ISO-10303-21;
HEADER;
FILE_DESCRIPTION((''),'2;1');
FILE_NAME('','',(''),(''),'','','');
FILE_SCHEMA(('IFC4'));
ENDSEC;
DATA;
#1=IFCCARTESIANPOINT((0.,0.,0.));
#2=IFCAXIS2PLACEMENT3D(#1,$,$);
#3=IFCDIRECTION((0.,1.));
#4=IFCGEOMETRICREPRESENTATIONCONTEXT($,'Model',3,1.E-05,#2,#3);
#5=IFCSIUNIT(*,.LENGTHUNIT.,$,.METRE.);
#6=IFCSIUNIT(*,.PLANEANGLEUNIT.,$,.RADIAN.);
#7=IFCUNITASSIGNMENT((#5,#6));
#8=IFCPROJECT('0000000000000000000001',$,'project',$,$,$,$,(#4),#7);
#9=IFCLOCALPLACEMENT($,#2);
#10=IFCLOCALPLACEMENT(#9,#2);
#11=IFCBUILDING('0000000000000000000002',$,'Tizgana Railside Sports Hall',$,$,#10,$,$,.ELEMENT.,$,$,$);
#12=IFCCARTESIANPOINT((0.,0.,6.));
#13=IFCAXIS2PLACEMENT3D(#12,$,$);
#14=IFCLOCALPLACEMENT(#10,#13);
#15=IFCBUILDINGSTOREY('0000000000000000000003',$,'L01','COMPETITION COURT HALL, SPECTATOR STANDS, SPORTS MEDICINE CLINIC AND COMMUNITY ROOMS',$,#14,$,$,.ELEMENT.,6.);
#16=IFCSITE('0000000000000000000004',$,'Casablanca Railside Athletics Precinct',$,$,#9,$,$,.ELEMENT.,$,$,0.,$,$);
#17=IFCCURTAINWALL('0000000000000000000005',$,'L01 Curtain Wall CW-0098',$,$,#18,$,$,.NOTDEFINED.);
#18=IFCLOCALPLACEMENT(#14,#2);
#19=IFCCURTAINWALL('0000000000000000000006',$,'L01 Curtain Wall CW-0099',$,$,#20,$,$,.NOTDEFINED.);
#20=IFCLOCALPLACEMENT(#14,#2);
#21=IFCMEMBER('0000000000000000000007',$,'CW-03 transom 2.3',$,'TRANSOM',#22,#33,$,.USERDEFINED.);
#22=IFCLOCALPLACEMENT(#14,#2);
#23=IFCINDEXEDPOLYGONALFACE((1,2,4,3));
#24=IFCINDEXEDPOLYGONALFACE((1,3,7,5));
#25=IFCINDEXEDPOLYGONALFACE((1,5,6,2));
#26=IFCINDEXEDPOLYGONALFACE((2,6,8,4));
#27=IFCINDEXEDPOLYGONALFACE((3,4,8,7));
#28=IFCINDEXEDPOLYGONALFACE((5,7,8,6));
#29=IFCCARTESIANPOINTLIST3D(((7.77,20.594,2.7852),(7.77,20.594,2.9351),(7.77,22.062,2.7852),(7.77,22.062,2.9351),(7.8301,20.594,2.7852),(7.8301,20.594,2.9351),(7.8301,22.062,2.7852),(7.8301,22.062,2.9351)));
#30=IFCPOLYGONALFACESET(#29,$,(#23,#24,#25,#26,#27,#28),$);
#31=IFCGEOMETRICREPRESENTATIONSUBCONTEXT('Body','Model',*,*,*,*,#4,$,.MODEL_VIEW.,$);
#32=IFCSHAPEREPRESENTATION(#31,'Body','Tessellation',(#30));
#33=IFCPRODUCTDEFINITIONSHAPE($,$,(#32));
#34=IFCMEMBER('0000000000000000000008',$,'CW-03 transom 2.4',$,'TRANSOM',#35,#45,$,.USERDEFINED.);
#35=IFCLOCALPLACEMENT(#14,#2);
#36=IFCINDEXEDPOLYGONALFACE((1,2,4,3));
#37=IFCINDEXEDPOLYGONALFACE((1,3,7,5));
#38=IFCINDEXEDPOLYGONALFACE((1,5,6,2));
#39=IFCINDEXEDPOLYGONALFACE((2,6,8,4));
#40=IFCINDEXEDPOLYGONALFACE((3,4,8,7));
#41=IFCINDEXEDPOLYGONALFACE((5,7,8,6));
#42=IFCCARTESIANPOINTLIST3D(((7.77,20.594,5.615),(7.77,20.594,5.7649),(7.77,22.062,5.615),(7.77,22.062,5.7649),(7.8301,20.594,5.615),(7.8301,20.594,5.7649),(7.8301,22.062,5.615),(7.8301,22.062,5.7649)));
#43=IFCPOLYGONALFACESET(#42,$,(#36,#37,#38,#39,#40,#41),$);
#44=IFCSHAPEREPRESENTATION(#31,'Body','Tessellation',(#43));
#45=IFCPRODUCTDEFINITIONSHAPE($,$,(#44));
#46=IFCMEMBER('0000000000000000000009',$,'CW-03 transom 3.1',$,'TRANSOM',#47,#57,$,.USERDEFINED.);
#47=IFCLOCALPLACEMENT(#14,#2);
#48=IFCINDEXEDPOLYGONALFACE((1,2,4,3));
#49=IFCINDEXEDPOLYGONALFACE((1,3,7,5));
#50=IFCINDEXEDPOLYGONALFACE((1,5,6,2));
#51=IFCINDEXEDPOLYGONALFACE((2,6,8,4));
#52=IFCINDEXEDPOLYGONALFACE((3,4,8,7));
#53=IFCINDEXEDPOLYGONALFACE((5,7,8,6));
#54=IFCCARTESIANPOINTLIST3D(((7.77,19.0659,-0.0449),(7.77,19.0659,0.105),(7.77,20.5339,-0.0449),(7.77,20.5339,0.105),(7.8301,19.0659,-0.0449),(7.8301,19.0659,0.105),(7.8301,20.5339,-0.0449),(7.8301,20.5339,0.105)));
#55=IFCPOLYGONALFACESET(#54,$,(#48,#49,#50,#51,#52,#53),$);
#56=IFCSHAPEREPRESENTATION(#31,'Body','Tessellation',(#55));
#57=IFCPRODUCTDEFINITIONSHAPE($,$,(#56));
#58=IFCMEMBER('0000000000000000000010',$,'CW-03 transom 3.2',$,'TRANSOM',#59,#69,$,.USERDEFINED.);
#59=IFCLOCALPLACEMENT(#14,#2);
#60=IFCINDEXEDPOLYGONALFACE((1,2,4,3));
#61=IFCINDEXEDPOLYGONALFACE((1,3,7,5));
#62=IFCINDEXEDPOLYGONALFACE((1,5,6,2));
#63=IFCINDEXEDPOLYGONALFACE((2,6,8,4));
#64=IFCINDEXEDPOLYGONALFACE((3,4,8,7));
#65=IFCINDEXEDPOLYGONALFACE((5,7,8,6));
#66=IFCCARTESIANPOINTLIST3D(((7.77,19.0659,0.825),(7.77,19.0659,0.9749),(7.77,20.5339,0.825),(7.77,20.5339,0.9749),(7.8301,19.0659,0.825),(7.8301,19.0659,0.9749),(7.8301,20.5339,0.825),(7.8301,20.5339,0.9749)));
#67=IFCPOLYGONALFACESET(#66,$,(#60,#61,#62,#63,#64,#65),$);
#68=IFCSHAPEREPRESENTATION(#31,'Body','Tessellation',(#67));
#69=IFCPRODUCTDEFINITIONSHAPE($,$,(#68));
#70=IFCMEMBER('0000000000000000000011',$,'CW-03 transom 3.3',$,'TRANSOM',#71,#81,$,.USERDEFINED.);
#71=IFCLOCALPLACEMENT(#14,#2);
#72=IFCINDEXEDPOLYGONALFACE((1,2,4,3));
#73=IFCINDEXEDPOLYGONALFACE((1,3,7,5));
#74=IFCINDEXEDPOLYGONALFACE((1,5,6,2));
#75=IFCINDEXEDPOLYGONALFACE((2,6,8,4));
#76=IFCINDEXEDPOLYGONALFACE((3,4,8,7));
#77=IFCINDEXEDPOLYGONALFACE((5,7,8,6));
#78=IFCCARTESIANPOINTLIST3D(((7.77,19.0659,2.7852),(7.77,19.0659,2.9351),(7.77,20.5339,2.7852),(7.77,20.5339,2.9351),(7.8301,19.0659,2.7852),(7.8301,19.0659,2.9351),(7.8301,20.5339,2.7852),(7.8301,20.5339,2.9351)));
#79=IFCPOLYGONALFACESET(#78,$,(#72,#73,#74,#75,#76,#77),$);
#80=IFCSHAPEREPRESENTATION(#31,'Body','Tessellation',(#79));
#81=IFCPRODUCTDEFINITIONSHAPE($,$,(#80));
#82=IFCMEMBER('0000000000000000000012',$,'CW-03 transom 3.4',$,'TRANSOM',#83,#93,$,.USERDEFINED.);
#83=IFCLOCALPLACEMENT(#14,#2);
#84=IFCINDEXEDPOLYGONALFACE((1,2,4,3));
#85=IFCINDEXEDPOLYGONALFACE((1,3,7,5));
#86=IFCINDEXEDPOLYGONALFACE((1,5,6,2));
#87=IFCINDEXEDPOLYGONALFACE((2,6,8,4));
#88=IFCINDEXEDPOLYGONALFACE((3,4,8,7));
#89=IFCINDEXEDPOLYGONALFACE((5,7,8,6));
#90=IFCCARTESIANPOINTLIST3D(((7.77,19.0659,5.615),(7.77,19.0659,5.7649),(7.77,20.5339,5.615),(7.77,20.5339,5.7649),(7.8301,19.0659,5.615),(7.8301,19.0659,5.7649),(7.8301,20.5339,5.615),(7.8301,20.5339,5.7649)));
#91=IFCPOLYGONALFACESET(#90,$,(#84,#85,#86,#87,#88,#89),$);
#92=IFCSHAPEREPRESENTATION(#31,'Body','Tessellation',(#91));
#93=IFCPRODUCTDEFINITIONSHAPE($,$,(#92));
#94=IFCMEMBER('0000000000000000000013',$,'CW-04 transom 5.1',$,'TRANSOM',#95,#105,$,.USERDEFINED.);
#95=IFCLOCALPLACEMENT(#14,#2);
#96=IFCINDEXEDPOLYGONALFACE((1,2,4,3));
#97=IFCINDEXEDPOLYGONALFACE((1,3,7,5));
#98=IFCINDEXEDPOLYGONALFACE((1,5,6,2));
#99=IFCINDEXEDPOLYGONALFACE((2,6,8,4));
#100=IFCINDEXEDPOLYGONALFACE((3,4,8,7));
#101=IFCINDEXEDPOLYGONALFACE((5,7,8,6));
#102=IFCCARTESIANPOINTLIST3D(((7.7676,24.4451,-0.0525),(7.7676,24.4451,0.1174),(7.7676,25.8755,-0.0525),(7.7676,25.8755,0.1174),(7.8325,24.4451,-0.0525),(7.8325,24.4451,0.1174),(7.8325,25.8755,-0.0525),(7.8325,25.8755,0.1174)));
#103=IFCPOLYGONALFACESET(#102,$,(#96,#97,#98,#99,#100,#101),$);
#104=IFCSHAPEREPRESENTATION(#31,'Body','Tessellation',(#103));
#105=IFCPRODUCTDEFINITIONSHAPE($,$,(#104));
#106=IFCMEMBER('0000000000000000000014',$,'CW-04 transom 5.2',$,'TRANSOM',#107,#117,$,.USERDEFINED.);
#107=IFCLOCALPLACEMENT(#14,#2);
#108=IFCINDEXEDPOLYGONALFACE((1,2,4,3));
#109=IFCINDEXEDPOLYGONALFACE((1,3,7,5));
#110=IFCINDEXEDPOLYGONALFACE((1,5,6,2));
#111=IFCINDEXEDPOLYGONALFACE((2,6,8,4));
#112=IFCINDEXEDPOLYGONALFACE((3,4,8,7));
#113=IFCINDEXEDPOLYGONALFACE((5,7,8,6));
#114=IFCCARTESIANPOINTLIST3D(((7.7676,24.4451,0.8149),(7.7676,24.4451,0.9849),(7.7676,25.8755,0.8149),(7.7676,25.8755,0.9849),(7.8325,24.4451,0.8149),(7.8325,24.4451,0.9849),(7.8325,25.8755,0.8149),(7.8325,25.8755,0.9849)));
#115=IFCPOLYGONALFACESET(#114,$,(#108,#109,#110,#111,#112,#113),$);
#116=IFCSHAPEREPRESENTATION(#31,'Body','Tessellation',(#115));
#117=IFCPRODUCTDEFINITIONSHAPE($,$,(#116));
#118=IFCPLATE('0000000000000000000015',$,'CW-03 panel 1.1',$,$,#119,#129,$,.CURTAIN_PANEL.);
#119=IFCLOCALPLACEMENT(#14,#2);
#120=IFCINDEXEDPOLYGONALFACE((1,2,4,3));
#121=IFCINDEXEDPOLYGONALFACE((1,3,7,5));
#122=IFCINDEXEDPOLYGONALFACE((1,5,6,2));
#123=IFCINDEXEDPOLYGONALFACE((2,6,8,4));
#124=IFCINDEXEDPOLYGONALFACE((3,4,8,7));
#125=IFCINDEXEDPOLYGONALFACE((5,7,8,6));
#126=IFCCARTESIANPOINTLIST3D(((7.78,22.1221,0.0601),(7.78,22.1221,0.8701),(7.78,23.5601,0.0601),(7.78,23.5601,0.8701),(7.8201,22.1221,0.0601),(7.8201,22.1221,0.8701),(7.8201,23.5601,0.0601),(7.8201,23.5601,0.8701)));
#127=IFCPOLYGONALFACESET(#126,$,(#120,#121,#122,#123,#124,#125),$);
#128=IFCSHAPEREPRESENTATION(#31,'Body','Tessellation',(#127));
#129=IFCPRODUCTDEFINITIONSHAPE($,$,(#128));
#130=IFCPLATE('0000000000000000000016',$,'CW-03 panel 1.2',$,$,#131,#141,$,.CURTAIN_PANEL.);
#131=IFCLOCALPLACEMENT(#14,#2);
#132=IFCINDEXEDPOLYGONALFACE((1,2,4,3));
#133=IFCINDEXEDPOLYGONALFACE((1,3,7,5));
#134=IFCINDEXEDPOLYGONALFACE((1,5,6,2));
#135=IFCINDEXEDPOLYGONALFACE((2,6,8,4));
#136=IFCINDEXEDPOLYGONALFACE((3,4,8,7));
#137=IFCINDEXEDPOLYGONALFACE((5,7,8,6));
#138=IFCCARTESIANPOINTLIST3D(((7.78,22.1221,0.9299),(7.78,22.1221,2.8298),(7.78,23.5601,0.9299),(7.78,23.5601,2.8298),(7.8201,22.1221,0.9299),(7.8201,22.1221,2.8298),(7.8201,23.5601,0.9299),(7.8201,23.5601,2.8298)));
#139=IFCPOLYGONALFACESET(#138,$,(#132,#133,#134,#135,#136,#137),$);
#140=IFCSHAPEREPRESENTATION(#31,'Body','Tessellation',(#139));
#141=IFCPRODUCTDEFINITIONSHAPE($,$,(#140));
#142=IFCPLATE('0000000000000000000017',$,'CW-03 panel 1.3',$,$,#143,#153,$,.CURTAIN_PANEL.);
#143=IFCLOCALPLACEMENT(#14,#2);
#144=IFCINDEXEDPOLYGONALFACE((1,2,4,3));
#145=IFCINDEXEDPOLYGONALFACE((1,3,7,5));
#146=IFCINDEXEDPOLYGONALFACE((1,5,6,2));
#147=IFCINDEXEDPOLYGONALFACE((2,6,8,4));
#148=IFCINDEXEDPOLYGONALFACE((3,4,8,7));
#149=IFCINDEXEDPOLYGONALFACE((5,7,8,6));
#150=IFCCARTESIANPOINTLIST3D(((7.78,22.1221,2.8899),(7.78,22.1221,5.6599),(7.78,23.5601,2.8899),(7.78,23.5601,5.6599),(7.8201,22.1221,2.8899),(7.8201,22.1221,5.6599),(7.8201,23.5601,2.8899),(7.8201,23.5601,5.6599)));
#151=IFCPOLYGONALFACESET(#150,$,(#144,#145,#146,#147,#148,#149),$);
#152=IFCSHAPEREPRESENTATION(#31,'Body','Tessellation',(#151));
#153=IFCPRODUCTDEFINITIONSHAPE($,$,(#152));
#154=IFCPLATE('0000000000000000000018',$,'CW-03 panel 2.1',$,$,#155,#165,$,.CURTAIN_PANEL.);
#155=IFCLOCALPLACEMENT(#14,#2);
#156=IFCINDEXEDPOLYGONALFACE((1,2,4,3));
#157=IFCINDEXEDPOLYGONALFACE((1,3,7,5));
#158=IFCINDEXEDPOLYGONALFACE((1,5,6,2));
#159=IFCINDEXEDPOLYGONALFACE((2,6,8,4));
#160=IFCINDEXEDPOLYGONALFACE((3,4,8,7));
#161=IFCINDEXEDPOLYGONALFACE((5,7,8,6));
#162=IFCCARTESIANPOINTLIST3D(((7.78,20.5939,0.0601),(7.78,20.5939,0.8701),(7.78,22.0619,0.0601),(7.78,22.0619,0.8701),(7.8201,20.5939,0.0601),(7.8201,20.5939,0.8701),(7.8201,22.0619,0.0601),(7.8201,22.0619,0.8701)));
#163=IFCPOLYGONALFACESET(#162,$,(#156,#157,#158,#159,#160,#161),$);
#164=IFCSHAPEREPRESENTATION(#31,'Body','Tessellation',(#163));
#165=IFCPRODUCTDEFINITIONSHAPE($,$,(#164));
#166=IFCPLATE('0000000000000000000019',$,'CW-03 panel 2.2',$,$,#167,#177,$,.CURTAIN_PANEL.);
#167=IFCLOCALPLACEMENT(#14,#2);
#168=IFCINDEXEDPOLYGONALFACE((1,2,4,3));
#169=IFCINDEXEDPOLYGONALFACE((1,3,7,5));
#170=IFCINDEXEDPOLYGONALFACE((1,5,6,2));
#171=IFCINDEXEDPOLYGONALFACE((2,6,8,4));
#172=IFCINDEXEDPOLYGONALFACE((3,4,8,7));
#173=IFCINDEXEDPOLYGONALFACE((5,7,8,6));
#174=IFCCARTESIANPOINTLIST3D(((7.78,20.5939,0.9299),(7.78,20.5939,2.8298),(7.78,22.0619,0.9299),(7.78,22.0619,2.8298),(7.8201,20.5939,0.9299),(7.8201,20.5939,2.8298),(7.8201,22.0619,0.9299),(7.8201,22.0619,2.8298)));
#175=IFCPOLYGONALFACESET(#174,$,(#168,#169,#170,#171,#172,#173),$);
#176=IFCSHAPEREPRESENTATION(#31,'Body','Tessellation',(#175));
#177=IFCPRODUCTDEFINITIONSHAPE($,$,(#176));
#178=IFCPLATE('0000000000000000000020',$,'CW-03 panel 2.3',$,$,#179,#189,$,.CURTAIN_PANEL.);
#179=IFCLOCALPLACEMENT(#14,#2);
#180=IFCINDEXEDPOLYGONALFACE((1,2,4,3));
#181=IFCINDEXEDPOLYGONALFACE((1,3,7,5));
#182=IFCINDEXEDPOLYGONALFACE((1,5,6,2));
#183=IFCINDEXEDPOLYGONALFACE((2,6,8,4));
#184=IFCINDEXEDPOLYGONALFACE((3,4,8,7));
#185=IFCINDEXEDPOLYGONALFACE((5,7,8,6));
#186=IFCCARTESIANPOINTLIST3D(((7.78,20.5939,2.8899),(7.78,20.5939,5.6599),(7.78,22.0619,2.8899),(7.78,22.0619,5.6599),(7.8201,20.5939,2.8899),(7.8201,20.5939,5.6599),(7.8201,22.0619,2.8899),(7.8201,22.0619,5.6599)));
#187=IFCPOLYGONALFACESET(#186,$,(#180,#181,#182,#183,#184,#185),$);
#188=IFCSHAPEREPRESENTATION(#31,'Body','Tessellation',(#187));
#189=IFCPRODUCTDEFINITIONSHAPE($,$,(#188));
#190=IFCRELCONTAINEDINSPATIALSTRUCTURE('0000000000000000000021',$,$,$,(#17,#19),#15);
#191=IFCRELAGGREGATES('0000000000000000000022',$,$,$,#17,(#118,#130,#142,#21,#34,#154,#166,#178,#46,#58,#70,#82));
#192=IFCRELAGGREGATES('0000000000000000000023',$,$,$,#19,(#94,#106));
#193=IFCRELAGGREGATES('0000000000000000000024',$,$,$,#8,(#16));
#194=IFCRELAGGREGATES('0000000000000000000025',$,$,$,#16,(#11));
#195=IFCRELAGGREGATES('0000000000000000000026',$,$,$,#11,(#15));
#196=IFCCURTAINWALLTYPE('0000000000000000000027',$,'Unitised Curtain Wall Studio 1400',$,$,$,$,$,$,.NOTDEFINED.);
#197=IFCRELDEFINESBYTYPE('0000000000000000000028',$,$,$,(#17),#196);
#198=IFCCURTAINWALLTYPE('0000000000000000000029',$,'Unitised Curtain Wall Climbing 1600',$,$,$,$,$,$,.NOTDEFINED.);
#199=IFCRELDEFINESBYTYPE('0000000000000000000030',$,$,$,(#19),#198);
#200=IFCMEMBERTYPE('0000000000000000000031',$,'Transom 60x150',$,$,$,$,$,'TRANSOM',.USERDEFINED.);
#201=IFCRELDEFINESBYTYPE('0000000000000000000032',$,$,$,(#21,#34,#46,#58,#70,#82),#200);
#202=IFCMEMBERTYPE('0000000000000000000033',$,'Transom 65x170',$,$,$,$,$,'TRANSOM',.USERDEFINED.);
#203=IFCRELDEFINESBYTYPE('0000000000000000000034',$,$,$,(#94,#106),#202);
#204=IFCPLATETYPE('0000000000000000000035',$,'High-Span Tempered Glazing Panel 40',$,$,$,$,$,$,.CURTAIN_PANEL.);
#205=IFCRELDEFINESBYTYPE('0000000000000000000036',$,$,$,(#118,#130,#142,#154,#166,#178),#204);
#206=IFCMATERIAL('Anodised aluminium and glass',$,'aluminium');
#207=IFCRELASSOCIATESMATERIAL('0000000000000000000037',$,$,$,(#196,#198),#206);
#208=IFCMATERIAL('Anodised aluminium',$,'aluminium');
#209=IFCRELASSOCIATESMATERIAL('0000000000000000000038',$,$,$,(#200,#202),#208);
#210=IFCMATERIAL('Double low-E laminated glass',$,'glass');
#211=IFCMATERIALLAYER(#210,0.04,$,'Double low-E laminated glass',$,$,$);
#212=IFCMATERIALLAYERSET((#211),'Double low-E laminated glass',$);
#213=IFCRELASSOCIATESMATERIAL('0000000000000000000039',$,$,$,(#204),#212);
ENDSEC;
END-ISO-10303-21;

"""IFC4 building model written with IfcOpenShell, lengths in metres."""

from ifc_helpers import new_model, si_unit, direction, frame, origin, origin_2d, place, context, subcontext, project, spatial, rectangle, extrude, material, layer, layer_set, material_profile, profile_set, type_object, element, aggregate, save


model = new_model("IFC4")

# Units and contexts
model_context = context("Model", 3, precision=1e-05, world=origin(), true_north=direction((0.0, 1.0)))
body_context = subcontext(model_context, "Body", "Model", "MODEL_VIEW")
ifc_project = project(units=[si_unit("LENGTHUNIT", "METRE"), si_unit("PLANEANGLEUNIT", "RADIAN")], contexts=[model_context])

# Site, building, storey
site_placement = place(None, origin())
site = spatial("IfcSite", under=ifc_project, at=site_placement, Name="Casablanca Railside Athletics Precinct", CompositionType="ELEMENT", RefElevation=0.0)
building_placement = place(site_placement, origin())
building = spatial("IfcBuilding", under=site, at=building_placement, Name="Tizgana Railside Sports Hall", CompositionType="ELEMENT")
storey_placement = place(building_placement, frame((0.0, 0.0, 6.0)))
storey = spatial("IfcBuildingStorey", under=building, at=storey_placement, Name="L01", Description="COMPETITION COURT HALL, SPECTATOR STANDS, SPORTS MEDICINE CLINIC AND COMMUNITY ROOMS", CompositionType="ELEMENT", Elevation=6.0)

# Curtain wall
ifc_material_1 = material(Name="Anodised aluminium and glass", Category="aluminium")
curtain_wall_type_1 = type_object("IfcCurtainWallType", Name="Unitised Curtain Wall Studio 1400", PredefinedType="NOTDEFINED", material=ifc_material_1)
curtain_wall_1_placement = place(storey_placement, origin())
curtain_wall_1 = element("IfcCurtainWall", 1, at=curtain_wall_1_placement, inside=storey, type_object=curtain_wall_type_1, Name="L01 Curtain Wall CW-0098", PredefinedType="NOTDEFINED")
ifc_material_2 = material(Name="Anodised aluminium", Category="aluminium")

# Curtain wall
curtain_wall_type_2 = type_object("IfcCurtainWallType", Name="Unitised Curtain Wall Climbing 1600", PredefinedType="NOTDEFINED", material=ifc_material_1)
curtain_wall_2_placement = place(storey_placement, origin())
curtain_wall_2 = element("IfcCurtainWall", 2, at=curtain_wall_2_placement, inside=storey, type_object=curtain_wall_type_2, Name="L01 Curtain Wall CW-0099", PredefinedType="NOTDEFINED")

# Members
ifc_material_profile_1 = material_profile(ifc_material_2, rectangle(XDim=0.0601, YDim=0.1499, at=origin_2d()), Name="Transom 60x150")
ifc_profile_set_1 = profile_set([ifc_material_profile_1], Name="Anodised aluminium")
member_type_1 = type_object("IfcMemberType", Name="Transom 60x150", ElementType="TRANSOM", PredefinedType="USERDEFINED", material=ifc_profile_set_1)
member_1_placement = place(storey_placement, frame((7.8, 22.062, 2.8601), z_axis=(0.0, -1.0, 0.0), x_axis=(1.0, 0.0, 0.0)))
member_1 = element("IfcMember", 3, at=member_1_placement, type_object=member_type_1, Name="CW-03 transom 2.3", ObjectType="TRANSOM", PredefinedType="USERDEFINED", context=body_context, shape_type="SweptSolid", body=[
    extrude(rectangle(XDim=0.0601, YDim=0.1499, at=origin_2d()), origin(), (0.0, 0.0, 1.0), 1.468),
])
member_2_placement = place(storey_placement, frame((7.8, 22.062, 5.6899), z_axis=(0.0, -1.0, 0.0), x_axis=(1.0, 0.0, 0.0)))
member_2 = element("IfcMember", 4, at=member_2_placement, type_object=member_type_1, Name="CW-03 transom 2.4", ObjectType="TRANSOM", PredefinedType="USERDEFINED", context=body_context, shape_type="SweptSolid", body=[
    extrude(rectangle(XDim=0.0601, YDim=0.1499, at=origin_2d()), origin(), (0.0, 0.0, 1.0), 1.468),
])
member_3_placement = place(storey_placement, frame((7.8, 20.5339, 0.03), z_axis=(0.0, -1.0, 0.0), x_axis=(1.0, 0.0, 0.0)))
member_3 = element("IfcMember", 5, at=member_3_placement, type_object=member_type_1, Name="CW-03 transom 3.1", ObjectType="TRANSOM", PredefinedType="USERDEFINED", context=body_context, shape_type="SweptSolid", body=[
    extrude(rectangle(XDim=0.0601, YDim=0.1499, at=origin_2d()), origin(), (0.0, 0.0, 1.0), 1.468),
])
member_4_placement = place(storey_placement, frame((7.8, 20.5339, 0.8999), z_axis=(0.0, -1.0, 0.0), x_axis=(1.0, 0.0, 0.0)))
member_4 = element("IfcMember", 6, at=member_4_placement, type_object=member_type_1, Name="CW-03 transom 3.2", ObjectType="TRANSOM", PredefinedType="USERDEFINED", context=body_context, shape_type="SweptSolid", body=[
    extrude(rectangle(XDim=0.0601, YDim=0.1499, at=origin_2d()), origin(), (0.0, 0.0, 1.0), 1.468),
])
member_5_placement = place(storey_placement, frame((7.8, 20.5339, 2.8601), z_axis=(0.0, -1.0, 0.0), x_axis=(1.0, 0.0, 0.0)))
member_5 = element("IfcMember", 7, at=member_5_placement, type_object=member_type_1, Name="CW-03 transom 3.3", ObjectType="TRANSOM", PredefinedType="USERDEFINED", context=body_context, shape_type="SweptSolid", body=[
    extrude(rectangle(XDim=0.0601, YDim=0.1499, at=origin_2d()), origin(), (0.0, 0.0, 1.0), 1.468),
])
member_6_placement = place(storey_placement, frame((7.8, 20.5339, 5.6899), z_axis=(0.0, -1.0, 0.0), x_axis=(1.0, 0.0, 0.0)))
member_6 = element("IfcMember", 8, at=member_6_placement, type_object=member_type_1, Name="CW-03 transom 3.4", ObjectType="TRANSOM", PredefinedType="USERDEFINED", context=body_context, shape_type="SweptSolid", body=[
    extrude(rectangle(XDim=0.0601, YDim=0.1499, at=origin_2d()), origin(), (0.0, 0.0, 1.0), 1.468),
])
ifc_material_profile_2 = material_profile(ifc_material_2, rectangle(XDim=0.0649, YDim=0.1699, at=origin_2d()), Name="Transom 65x170")
ifc_profile_set_2 = profile_set([ifc_material_profile_2], Name="Anodised aluminium")
member_type_2 = type_object("IfcMemberType", Name="Transom 65x170", ElementType="TRANSOM", PredefinedType="USERDEFINED", material=ifc_profile_set_2)
member_7_placement = place(storey_placement, frame((7.8, 25.8755, 0.0325), z_axis=(0.0, -1.0, 0.0), x_axis=(1.0, 0.0, 0.0)))
member_7 = element("IfcMember", 9, at=member_7_placement, type_object=member_type_2, Name="CW-04 transom 5.1", ObjectType="TRANSOM", PredefinedType="USERDEFINED", context=body_context, shape_type="SweptSolid", body=[
    extrude(rectangle(XDim=0.0649, YDim=0.1699, at=origin_2d()), origin(), (0.0, 0.0, 1.0), 1.4304),
])
member_8_placement = place(storey_placement, frame((7.8, 25.8755, 0.8999), z_axis=(0.0, -1.0, 0.0), x_axis=(1.0, 0.0, 0.0)))
member_8 = element("IfcMember", 10, at=member_8_placement, type_object=member_type_2, Name="CW-04 transom 5.2", ObjectType="TRANSOM", PredefinedType="USERDEFINED", context=body_context, shape_type="SweptSolid", body=[
    extrude(rectangle(XDim=0.0649, YDim=0.1699, at=origin_2d()), origin(), (0.0, 0.0, 1.0), 1.4304),
])

# Plates
ifc_material_3 = material(Name="Double low-E laminated glass", Category="glass")
ifc_layer_1 = layer(ifc_material_3, 0.04, Name="Double low-E laminated glass")
ifc_layer_set_1 = layer_set([ifc_layer_1], Name="Double low-E laminated glass")
plate_type_1 = type_object("IfcPlateType", Name="High-Span Tempered Glazing Panel 40", PredefinedType="CURTAIN_PANEL", material=ifc_layer_set_1)
plate_1_placement = place(storey_placement, frame((7.8, 22.8411, 0.0601), z_axis=(0.0, 0.0, 1.0), x_axis=(0.0, -1.0, 0.0)))
plate_1 = element("IfcPlate", 11, at=plate_1_placement, type_object=plate_type_1, Name="CW-03 panel 1.1", PredefinedType="CURTAIN_PANEL", context=body_context, shape_type="SweptSolid", body=[
    extrude(rectangle(XDim=1.438, YDim=0.04, at=origin_2d()), origin(), (0.0, 0.0, 1.0), 0.8101),
])
plate_2_placement = place(storey_placement, frame((7.8, 22.8411, 0.9299), z_axis=(0.0, 0.0, 1.0), x_axis=(0.0, -1.0, 0.0)))
plate_2 = element("IfcPlate", 12, at=plate_2_placement, type_object=plate_type_1, Name="CW-03 panel 1.2", PredefinedType="CURTAIN_PANEL", context=body_context, shape_type="SweptSolid", body=[
    extrude(rectangle(XDim=1.438, YDim=0.04, at=origin_2d()), origin(), (0.0, 0.0, 1.0), 1.8999),
])
plate_3_placement = place(storey_placement, frame((7.8, 22.8411, 2.8899), z_axis=(0.0, 0.0, 1.0), x_axis=(0.0, -1.0, 0.0)))
plate_3 = element("IfcPlate", 13, at=plate_3_placement, type_object=plate_type_1, Name="CW-03 panel 1.3", PredefinedType="CURTAIN_PANEL", context=body_context, shape_type="SweptSolid", body=[
    extrude(rectangle(XDim=1.438, YDim=0.04, at=origin_2d()), origin(), (0.0, 0.0, 1.0), 2.77),
])
plate_4_placement = place(storey_placement, frame((7.8, 21.3279, 0.0601), z_axis=(0.0, 0.0, 1.0), x_axis=(0.0, -1.0, 0.0)))
plate_4 = element("IfcPlate", 14, at=plate_4_placement, type_object=plate_type_1, Name="CW-03 panel 2.1", PredefinedType="CURTAIN_PANEL", context=body_context, shape_type="SweptSolid", body=[
    extrude(rectangle(XDim=1.468, YDim=0.04, at=origin_2d()), origin(), (0.0, 0.0, 1.0), 0.8101),
])
plate_5_placement = place(storey_placement, frame((7.8, 21.3279, 0.9299), z_axis=(0.0, 0.0, 1.0), x_axis=(0.0, -1.0, 0.0)))
plate_5 = element("IfcPlate", 15, at=plate_5_placement, type_object=plate_type_1, Name="CW-03 panel 2.2", PredefinedType="CURTAIN_PANEL", context=body_context, shape_type="SweptSolid", body=[
    extrude(rectangle(XDim=1.468, YDim=0.04, at=origin_2d()), origin(), (0.0, 0.0, 1.0), 1.8999),
])
plate_6_placement = place(storey_placement, frame((7.8, 21.3279, 2.8899), z_axis=(0.0, 0.0, 1.0), x_axis=(0.0, -1.0, 0.0)))
plate_6 = element("IfcPlate", 16, at=plate_6_placement, type_object=plate_type_1, Name="CW-03 panel 2.3", PredefinedType="CURTAIN_PANEL", context=body_context, shape_type="SweptSolid", body=[
    extrude(rectangle(XDim=1.468, YDim=0.04, at=origin_2d()), origin(), (0.0, 0.0, 1.0), 2.77),
])
aggregate(curtain_wall_1, [plate_1, plate_2, plate_3, member_1, member_2, plate_4, plate_5, plate_6, member_3, member_4, member_5, member_6])
aggregate(curtain_wall_2, [member_7, member_8])

save(model, "model.ifc")
